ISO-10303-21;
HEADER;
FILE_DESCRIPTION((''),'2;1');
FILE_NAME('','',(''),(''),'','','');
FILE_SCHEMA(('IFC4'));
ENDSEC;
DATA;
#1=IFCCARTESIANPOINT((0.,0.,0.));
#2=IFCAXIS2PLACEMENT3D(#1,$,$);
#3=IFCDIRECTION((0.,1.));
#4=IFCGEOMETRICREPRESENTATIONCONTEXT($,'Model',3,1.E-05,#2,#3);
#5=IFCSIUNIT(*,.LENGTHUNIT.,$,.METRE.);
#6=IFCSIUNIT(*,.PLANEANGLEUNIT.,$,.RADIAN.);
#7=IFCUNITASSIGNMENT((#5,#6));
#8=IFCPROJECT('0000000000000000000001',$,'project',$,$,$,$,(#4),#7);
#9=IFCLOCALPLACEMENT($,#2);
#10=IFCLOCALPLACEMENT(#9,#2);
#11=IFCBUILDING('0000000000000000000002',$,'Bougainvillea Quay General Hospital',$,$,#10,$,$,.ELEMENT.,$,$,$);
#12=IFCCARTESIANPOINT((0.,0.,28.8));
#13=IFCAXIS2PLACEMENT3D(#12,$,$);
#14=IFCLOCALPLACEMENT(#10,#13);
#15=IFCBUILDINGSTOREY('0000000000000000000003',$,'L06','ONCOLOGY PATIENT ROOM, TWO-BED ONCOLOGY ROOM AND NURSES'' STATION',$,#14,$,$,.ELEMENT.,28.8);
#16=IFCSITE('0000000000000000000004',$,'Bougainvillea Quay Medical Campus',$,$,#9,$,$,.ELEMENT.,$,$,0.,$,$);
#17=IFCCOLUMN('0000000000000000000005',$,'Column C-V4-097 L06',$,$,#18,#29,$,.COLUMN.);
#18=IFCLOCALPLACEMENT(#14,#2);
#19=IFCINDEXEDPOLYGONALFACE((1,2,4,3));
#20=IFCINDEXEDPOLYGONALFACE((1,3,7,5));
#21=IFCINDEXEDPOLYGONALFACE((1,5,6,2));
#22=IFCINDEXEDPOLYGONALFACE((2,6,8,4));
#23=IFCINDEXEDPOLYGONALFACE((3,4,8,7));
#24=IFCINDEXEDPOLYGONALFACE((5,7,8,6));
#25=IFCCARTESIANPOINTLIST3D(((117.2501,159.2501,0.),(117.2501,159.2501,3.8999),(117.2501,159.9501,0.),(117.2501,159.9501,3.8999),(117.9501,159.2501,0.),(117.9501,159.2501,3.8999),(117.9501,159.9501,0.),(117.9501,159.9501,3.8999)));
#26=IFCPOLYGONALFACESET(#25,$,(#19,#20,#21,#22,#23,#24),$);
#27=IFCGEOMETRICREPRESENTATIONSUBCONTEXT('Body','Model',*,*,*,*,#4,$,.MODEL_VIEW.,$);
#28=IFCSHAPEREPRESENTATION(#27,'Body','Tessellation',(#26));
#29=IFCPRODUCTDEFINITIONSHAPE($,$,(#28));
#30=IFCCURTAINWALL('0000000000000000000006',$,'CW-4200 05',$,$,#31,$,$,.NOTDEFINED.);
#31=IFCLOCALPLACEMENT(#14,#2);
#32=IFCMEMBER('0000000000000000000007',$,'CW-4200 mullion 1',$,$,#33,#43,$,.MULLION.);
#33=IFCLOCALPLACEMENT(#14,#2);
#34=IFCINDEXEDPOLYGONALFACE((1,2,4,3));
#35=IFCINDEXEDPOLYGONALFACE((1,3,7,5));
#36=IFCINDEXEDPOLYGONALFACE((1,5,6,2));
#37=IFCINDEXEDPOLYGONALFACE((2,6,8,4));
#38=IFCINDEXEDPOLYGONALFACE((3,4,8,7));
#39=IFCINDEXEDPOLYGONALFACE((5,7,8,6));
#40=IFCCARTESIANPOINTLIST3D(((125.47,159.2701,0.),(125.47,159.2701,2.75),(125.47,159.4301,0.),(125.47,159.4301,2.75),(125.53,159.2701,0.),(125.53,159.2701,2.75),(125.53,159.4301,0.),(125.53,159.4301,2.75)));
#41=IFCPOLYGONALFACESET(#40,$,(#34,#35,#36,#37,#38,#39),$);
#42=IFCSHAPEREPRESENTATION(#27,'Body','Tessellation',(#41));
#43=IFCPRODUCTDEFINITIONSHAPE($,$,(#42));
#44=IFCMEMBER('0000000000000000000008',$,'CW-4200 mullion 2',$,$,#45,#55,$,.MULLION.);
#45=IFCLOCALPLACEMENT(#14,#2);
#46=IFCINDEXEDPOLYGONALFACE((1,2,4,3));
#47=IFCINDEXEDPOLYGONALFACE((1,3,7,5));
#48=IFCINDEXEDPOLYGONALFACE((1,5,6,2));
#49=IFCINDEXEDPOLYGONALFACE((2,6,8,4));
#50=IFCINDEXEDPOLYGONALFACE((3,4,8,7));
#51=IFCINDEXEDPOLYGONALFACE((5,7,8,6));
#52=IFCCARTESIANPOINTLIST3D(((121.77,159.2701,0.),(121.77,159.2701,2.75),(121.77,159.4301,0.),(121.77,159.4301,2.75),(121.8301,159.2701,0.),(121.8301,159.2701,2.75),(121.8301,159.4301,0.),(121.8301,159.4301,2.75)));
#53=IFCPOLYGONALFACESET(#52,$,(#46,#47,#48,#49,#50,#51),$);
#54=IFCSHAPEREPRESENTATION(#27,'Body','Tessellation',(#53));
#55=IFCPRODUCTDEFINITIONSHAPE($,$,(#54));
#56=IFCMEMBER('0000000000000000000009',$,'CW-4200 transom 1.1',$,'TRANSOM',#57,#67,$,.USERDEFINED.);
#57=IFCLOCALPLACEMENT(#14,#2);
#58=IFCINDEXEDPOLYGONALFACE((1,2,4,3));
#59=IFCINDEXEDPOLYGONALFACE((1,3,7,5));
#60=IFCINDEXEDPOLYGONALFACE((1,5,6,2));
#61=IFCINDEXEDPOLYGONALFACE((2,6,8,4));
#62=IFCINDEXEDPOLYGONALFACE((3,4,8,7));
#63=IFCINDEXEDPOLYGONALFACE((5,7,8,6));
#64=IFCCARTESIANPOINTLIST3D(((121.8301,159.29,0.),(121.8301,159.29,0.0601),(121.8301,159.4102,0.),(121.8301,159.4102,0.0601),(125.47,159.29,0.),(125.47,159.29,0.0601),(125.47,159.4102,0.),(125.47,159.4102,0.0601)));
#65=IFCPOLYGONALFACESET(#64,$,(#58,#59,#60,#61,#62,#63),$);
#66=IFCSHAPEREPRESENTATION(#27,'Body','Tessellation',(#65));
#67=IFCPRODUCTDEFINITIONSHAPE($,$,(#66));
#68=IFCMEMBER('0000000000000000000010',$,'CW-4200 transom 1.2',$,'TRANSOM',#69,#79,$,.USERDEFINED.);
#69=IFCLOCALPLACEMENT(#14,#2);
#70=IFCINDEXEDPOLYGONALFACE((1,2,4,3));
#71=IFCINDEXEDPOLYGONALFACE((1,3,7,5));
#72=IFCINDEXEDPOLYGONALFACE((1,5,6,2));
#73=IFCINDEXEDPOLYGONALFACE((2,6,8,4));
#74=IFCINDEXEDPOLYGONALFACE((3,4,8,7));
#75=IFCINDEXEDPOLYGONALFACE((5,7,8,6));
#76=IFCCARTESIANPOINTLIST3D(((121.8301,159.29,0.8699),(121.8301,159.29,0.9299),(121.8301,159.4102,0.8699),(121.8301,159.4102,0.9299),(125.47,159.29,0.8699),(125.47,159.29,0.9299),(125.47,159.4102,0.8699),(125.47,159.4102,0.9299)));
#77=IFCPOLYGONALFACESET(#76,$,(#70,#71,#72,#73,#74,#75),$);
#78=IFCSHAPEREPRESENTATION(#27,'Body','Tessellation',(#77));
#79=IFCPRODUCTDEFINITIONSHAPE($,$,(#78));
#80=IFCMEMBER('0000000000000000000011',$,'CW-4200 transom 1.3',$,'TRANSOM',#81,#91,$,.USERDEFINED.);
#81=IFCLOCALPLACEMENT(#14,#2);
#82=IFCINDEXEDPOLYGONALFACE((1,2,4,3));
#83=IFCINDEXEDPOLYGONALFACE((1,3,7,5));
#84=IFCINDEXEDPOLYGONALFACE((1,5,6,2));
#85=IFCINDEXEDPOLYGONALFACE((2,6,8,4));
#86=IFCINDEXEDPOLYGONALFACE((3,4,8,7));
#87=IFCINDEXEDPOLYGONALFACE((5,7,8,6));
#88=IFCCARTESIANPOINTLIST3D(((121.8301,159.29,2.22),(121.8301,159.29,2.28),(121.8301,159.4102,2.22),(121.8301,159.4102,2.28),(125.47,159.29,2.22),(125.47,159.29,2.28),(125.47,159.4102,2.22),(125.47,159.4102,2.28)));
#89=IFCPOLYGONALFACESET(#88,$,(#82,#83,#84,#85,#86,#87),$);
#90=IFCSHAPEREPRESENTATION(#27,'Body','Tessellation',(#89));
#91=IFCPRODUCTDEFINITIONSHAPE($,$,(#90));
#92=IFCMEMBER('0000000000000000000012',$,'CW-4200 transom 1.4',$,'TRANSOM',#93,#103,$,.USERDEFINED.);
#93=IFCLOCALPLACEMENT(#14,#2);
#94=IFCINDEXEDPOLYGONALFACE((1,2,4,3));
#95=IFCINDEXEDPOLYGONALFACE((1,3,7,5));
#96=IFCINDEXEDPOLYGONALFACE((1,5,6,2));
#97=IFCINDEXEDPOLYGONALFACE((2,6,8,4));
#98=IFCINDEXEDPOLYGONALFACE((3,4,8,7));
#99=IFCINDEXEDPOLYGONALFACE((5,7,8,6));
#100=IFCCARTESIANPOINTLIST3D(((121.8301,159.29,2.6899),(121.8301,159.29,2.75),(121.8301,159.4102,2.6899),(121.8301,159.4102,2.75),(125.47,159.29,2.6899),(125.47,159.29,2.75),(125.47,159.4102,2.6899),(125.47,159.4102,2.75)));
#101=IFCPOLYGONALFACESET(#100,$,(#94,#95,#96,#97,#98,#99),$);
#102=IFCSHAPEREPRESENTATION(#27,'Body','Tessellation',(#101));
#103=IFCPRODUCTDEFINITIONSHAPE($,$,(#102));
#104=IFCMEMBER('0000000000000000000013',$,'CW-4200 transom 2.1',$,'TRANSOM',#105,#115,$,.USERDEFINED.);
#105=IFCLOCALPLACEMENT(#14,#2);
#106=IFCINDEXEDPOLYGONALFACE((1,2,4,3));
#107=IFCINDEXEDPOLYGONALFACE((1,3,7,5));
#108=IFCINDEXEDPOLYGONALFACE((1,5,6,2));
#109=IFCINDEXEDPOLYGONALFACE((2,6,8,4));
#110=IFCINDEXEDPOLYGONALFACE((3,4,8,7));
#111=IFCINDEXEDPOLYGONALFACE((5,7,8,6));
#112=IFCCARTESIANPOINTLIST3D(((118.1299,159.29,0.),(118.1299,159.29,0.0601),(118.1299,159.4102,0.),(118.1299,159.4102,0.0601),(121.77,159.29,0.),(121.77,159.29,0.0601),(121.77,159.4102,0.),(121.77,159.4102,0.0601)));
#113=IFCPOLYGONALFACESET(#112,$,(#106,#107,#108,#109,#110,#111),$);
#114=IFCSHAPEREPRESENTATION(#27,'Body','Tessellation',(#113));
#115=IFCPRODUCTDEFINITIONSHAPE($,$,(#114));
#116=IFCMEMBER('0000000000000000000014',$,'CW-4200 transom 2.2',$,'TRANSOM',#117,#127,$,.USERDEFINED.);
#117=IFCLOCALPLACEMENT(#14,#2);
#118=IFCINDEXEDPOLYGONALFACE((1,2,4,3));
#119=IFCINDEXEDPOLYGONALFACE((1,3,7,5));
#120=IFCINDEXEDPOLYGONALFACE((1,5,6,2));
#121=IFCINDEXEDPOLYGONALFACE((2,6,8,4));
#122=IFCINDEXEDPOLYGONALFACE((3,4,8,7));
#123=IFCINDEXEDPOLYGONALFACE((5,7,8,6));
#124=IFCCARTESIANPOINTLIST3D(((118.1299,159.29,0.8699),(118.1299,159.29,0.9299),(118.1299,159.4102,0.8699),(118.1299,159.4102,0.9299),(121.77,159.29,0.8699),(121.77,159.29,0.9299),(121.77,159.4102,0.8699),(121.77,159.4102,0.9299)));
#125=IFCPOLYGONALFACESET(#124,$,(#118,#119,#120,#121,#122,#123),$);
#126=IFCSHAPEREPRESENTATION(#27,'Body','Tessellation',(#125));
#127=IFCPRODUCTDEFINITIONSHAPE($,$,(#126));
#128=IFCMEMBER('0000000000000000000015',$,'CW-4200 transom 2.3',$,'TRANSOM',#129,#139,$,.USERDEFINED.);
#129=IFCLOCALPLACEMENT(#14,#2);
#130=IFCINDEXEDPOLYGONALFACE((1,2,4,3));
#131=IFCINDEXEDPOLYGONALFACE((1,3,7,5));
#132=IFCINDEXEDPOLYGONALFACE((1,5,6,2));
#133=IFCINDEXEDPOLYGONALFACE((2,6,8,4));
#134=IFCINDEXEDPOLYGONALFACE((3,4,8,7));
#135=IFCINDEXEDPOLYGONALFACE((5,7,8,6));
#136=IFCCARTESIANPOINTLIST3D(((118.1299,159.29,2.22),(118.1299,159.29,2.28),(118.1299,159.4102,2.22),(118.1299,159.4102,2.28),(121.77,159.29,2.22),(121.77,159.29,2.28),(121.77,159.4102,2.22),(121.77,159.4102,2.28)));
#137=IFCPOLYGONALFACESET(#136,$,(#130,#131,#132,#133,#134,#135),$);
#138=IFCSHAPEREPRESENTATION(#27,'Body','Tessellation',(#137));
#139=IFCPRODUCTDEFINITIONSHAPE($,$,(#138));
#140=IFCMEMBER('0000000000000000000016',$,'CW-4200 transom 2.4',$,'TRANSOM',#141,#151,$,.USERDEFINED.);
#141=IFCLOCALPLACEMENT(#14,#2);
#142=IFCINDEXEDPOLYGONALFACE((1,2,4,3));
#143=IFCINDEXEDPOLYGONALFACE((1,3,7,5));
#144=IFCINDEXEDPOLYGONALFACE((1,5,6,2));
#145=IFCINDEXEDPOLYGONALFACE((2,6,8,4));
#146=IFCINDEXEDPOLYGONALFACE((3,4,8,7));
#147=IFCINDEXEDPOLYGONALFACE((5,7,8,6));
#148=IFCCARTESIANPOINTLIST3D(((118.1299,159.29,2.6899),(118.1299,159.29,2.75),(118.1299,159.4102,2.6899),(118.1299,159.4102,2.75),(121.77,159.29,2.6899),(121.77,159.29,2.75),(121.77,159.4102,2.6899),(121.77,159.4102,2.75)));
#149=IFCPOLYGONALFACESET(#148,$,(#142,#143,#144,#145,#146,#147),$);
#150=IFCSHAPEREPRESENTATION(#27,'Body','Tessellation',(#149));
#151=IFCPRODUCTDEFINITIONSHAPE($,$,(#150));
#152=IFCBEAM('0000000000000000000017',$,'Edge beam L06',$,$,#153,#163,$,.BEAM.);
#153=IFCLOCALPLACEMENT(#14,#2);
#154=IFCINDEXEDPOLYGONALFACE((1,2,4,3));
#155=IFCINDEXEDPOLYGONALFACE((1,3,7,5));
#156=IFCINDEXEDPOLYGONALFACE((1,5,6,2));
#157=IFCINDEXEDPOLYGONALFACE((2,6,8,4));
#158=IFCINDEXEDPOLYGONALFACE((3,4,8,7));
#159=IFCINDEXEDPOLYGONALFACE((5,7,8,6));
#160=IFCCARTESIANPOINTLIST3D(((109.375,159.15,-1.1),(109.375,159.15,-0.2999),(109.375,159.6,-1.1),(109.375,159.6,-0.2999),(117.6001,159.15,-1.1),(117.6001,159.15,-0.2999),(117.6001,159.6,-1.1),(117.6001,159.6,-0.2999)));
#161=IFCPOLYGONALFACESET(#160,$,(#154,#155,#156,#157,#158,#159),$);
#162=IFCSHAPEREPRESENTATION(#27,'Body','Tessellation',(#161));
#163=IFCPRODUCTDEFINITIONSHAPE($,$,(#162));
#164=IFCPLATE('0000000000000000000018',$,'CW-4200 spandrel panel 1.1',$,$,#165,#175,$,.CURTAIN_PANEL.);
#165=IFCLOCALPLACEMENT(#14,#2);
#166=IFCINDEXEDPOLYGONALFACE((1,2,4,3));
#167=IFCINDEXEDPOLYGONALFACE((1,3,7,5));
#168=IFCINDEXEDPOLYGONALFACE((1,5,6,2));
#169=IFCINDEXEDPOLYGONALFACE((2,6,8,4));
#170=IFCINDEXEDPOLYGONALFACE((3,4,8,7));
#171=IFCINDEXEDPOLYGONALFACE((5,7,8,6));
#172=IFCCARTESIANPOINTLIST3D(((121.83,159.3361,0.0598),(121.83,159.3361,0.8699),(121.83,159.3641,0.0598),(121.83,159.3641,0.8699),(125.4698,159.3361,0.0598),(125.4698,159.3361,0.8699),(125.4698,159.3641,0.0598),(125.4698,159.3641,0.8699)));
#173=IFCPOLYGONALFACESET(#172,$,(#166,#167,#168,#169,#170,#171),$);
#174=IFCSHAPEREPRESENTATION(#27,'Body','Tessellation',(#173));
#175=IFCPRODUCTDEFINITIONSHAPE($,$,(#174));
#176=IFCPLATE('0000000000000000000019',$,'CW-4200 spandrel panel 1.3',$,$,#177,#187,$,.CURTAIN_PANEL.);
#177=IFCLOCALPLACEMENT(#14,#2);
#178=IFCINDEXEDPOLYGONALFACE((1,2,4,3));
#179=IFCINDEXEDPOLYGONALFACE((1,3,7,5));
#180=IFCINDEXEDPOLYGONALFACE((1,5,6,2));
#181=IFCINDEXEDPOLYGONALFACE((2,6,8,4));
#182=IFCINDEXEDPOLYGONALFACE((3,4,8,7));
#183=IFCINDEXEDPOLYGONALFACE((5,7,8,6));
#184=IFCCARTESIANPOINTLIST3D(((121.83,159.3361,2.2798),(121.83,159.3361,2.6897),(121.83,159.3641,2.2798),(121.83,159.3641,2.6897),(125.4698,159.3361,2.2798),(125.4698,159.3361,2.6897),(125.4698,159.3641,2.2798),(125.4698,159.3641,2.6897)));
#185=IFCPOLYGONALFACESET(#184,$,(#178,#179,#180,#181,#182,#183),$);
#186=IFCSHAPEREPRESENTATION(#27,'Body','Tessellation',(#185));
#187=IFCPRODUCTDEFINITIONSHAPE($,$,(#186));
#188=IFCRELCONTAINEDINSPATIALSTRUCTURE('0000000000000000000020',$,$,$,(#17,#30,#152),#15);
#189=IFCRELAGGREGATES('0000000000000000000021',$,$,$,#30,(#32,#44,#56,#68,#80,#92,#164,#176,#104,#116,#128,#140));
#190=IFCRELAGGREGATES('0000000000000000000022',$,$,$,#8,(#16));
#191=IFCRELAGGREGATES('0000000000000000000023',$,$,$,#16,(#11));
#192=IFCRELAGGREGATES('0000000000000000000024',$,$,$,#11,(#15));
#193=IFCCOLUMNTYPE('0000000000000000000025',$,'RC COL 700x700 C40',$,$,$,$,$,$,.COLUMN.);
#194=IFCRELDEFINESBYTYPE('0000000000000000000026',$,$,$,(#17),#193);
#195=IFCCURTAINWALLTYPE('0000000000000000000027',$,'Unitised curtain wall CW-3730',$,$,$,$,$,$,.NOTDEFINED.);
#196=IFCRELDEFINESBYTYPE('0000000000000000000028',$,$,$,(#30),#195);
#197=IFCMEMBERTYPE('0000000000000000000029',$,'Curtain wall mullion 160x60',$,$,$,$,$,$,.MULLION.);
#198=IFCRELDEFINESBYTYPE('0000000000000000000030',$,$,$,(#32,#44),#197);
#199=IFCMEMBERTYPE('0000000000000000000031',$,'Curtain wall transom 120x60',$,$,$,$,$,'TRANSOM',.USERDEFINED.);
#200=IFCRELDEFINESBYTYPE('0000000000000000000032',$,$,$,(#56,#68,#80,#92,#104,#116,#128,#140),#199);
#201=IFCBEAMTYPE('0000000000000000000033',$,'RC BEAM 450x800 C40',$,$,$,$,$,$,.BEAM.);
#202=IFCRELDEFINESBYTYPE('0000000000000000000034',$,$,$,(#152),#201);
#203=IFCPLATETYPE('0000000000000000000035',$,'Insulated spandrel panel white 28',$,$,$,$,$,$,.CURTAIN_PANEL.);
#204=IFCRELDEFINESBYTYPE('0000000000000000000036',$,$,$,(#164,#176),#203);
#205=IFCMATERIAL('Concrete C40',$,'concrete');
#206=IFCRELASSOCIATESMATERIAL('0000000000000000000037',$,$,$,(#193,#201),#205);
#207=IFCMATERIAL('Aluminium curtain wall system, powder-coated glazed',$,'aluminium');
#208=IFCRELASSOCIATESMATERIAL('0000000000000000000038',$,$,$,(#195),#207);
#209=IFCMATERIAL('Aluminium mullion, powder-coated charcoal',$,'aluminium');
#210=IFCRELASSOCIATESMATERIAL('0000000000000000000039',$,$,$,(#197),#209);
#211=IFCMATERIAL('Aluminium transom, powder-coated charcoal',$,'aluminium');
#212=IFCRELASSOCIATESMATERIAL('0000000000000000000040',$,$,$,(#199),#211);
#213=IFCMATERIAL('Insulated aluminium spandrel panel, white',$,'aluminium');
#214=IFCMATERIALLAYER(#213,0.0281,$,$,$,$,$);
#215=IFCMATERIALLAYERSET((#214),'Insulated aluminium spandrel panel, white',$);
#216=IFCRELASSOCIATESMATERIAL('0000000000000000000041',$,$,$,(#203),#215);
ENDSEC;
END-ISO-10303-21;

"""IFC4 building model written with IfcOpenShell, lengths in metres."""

from ifc_helpers import new_model, si_unit, direction, frame, origin, origin_2d, place, context, subcontext, project, spatial, rectangle, extrude, material, layer, layer_set, material_profile, profile_set, type_object, element, aggregate, save


model = new_model("IFC4")

# Units and contexts
model_context = context("Model", 3, precision=1e-05, world=origin(), true_north=direction((0.0, 1.0)))
body_context = subcontext(model_context, "Body", "Model", "MODEL_VIEW")
ifc_project = project(units=[si_unit("LENGTHUNIT", "METRE"), si_unit("PLANEANGLEUNIT", "RADIAN")], contexts=[model_context])

# Site, building, storey
site_placement = place(None, origin())
site = spatial("IfcSite", under=ifc_project, at=site_placement, Name="Bougainvillea Quay Medical Campus", CompositionType="ELEMENT", RefElevation=0.0)
building_placement = place(site_placement, origin())
building = spatial("IfcBuilding", under=site, at=building_placement, Name="Bougainvillea Quay General Hospital", CompositionType="ELEMENT")
storey_placement = place(building_placement, frame((0.0, 0.0, 28.8)))
storey = spatial("IfcBuildingStorey", under=building, at=storey_placement, Name="L06", Description="ONCOLOGY PATIENT ROOM, TWO-BED ONCOLOGY ROOM AND NURSES' STATION", CompositionType="ELEMENT", Elevation=28.8)

# Column
ifc_material_1 = material(Name="Concrete C40", Category="concrete")
ifc_material_profile_1 = material_profile(ifc_material_1, rectangle(XDim=0.7, YDim=0.7, at=origin_2d()))
ifc_profile_set_1 = profile_set([ifc_material_profile_1], Name="Concrete C40")
column_type = type_object("IfcColumnType", Name="RC COL 700x700 C40", PredefinedType="COLUMN", material=ifc_profile_set_1)
column_placement = place(storey_placement, frame((117.6001, 159.6001, 0.0), z_axis=(0.0, 0.0, 1.0), x_axis=(1.0, 0.0, 0.0)))
element("IfcColumn", 1, at=column_placement, inside=storey, type_object=column_type, Name="Column C-V4-097 L06", PredefinedType="COLUMN", context=body_context, shape_type="SweptSolid", body=[
    extrude(rectangle(XDim=0.7, YDim=0.7, at=origin_2d()), origin(), (0.0, 0.0, 1.0), 3.8999),
])

# Curtain wall, members
ifc_material_2 = material(Name="Aluminium curtain wall system, powder-coated glazed", Category="aluminium")
curtain_wall_type = type_object("IfcCurtainWallType", Name="Unitised curtain wall CW-3730", PredefinedType="NOTDEFINED", material=ifc_material_2)
curtain_wall_placement = place(storey_placement, origin())
curtain_wall = element("IfcCurtainWall", 2, at=curtain_wall_placement, inside=storey, type_object=curtain_wall_type, Name="CW-4200 05", PredefinedType="NOTDEFINED")
ifc_material_3 = material(Name="Aluminium mullion, powder-coated charcoal", Category="aluminium")
ifc_material_profile_2 = material_profile(ifc_material_3, rectangle(XDim=0.1599, YDim=0.0601, at=origin_2d()))
ifc_profile_set_2 = profile_set([ifc_material_profile_2], Name="Aluminium mullion, powder-coated charcoal")
member_type_1 = type_object("IfcMemberType", Name="Curtain wall mullion 160x60", PredefinedType="MULLION", material=ifc_profile_set_2)
member_1_placement = place(storey_placement, frame((125.5, 159.3501, 0.0), z_axis=(0.0, 0.0, 1.0), x_axis=(0.0, -1.0, 0.0)))
member_1 = element("IfcMember", 3, at=member_1_placement, type_object=member_type_1, Name="CW-4200 mullion 1", PredefinedType="MULLION", context=body_context, shape_type="SweptSolid", body=[
    extrude(rectangle(XDim=0.1599, YDim=0.0601, at=origin_2d()), origin(), (0.0, 0.0, 1.0), 2.75),
])
member_2_placement = place(storey_placement, frame((121.8, 159.3501, 0.0), z_axis=(0.0, 0.0, 1.0), x_axis=(0.0, -1.0, 0.0)))
member_2 = element("IfcMember", 4, at=member_2_placement, type_object=member_type_1, Name="CW-4200 mullion 2", PredefinedType="MULLION", context=body_context, shape_type="SweptSolid", body=[
    extrude(rectangle(XDim=0.1599, YDim=0.0601, at=origin_2d()), origin(), (0.0, 0.0, 1.0), 2.75),
])
ifc_material_4 = material(Name="Aluminium transom, powder-coated charcoal", Category="aluminium")
ifc_material_profile_3 = material_profile(ifc_material_4, rectangle(XDim=0.1201, YDim=0.0601, at=origin_2d()))
ifc_profile_set_3 = profile_set([ifc_material_profile_3], Name="Aluminium transom, powder-coated charcoal")
member_type_2 = type_object("IfcMemberType", Name="Curtain wall transom 120x60", ElementType="TRANSOM", PredefinedType="USERDEFINED", material=ifc_profile_set_3)
member_3_placement = place(storey_placement, frame((125.47, 159.3501, 0.03), z_axis=(-1.0, 0.0, 0.0), x_axis=(0.0, -1.0, 0.0)))
member_3 = element("IfcMember", 5, at=member_3_placement, type_object=member_type_2, Name="CW-4200 transom 1.1", ObjectType="TRANSOM", PredefinedType="USERDEFINED", context=body_context, shape_type="SweptSolid", body=[
    extrude(rectangle(XDim=0.1201, YDim=0.0601, at=origin_2d()), origin(), (0.0, 0.0, 1.0), 3.6399),
])
member_4_placement = place(storey_placement, frame((125.47, 159.3501, 0.8999), z_axis=(-1.0, 0.0, 0.0), x_axis=(0.0, -1.0, 0.0)))
member_4 = element("IfcMember", 6, at=member_4_placement, type_object=member_type_2, Name="CW-4200 transom 1.2", ObjectType="TRANSOM", PredefinedType="USERDEFINED", context=body_context, shape_type="SweptSolid", body=[
    extrude(rectangle(XDim=0.1201, YDim=0.0601, at=origin_2d()), origin(), (0.0, 0.0, 1.0), 3.6399),
])
member_5_placement = place(storey_placement, frame((125.47, 159.3501, 2.25), z_axis=(-1.0, 0.0, 0.0), x_axis=(0.0, -1.0, 0.0)))
member_5 = element("IfcMember", 7, at=member_5_placement, type_object=member_type_2, Name="CW-4200 transom 1.3", ObjectType="TRANSOM", PredefinedType="USERDEFINED", context=body_context, shape_type="SweptSolid", body=[
    extrude(rectangle(XDim=0.1201, YDim=0.0601, at=origin_2d()), origin(), (0.0, 0.0, 1.0), 3.6399),
])
member_6_placement = place(storey_placement, frame((125.47, 159.3501, 2.72), z_axis=(-1.0, 0.0, 0.0), x_axis=(0.0, -1.0, 0.0)))
member_6 = element("IfcMember", 8, at=member_6_placement, type_object=member_type_2, Name="CW-4200 transom 1.4", ObjectType="TRANSOM", PredefinedType="USERDEFINED", context=body_context, shape_type="SweptSolid", body=[
    extrude(rectangle(XDim=0.1201, YDim=0.0601, at=origin_2d()), origin(), (0.0, 0.0, 1.0), 3.6399),
])
member_7_placement = place(storey_placement, frame((121.77, 159.3501, 0.03), z_axis=(-1.0, 0.0, 0.0), x_axis=(0.0, -1.0, 0.0)))
member_7 = element("IfcMember", 9, at=member_7_placement, type_object=member_type_2, Name="CW-4200 transom 2.1", ObjectType="TRANSOM", PredefinedType="USERDEFINED", context=body_context, shape_type="SweptSolid", body=[
    extrude(rectangle(XDim=0.1201, YDim=0.0601, at=origin_2d()), origin(), (0.0, 0.0, 1.0), 3.6401),
])
member_8_placement = place(storey_placement, frame((121.77, 159.3501, 0.8999), z_axis=(-1.0, 0.0, 0.0), x_axis=(0.0, -1.0, 0.0)))
member_8 = element("IfcMember", 10, at=member_8_placement, type_object=member_type_2, Name="CW-4200 transom 2.2", ObjectType="TRANSOM", PredefinedType="USERDEFINED", context=body_context, shape_type="SweptSolid", body=[
    extrude(rectangle(XDim=0.1201, YDim=0.0601, at=origin_2d()), origin(), (0.0, 0.0, 1.0), 3.6401),
])
member_9_placement = place(storey_placement, frame((121.77, 159.3501, 2.25), z_axis=(-1.0, 0.0, 0.0), x_axis=(0.0, -1.0, 0.0)))
member_9 = element("IfcMember", 11, at=member_9_placement, type_object=member_type_2, Name="CW-4200 transom 2.3", ObjectType="TRANSOM", PredefinedType="USERDEFINED", context=body_context, shape_type="SweptSolid", body=[
    extrude(rectangle(XDim=0.1201, YDim=0.0601, at=origin_2d()), origin(), (0.0, 0.0, 1.0), 3.6401),
])
member_10_placement = place(storey_placement, frame((121.77, 159.3501, 2.72), z_axis=(-1.0, 0.0, 0.0), x_axis=(0.0, -1.0, 0.0)))
member_10 = element("IfcMember", 12, at=member_10_placement, type_object=member_type_2, Name="CW-4200 transom 2.4", ObjectType="TRANSOM", PredefinedType="USERDEFINED", context=body_context, shape_type="SweptSolid", body=[
    extrude(rectangle(XDim=0.1201, YDim=0.0601, at=origin_2d()), origin(), (0.0, 0.0, 1.0), 3.6401),
])

# Beam
ifc_material_profile_4 = material_profile(ifc_material_1, rectangle(XDim=0.45, YDim=0.8, at=origin_2d()))
ifc_profile_set_4 = profile_set([ifc_material_profile_4], Name="Concrete C40")
beam_type = type_object("IfcBeamType", Name="RC BEAM 450x800 C40", PredefinedType="BEAM", material=ifc_profile_set_4)
beam_placement = place(storey_placement, frame((117.6001, 159.375, -0.7), z_axis=(-1.0, 0.0, 0.0), x_axis=(0.0, -1.0, 0.0)))
element("IfcBeam", 13, at=beam_placement, inside=storey, type_object=beam_type, Name="Edge beam L06", PredefinedType="BEAM", context=body_context, shape_type="SweptSolid", body=[
    extrude(rectangle(XDim=0.45, YDim=0.8, at=origin_2d()), origin(), (0.0, 0.0, 1.0), 8.2251),
])

# Plates
ifc_material_5 = material(Name="Insulated aluminium spandrel panel, white", Category="aluminium")
ifc_layer_1 = layer(ifc_material_5, 0.0281)
ifc_layer_set_1 = layer_set([ifc_layer_1], Name="Insulated aluminium spandrel panel, white")
plate_type_1 = type_object("IfcPlateType", Name="Insulated spandrel panel white 28", PredefinedType="CURTAIN_PANEL", material=ifc_layer_set_1)
plate_1_placement = place(storey_placement, frame((123.6499, 159.3501, 0.0598), z_axis=(0.0, 0.0, 1.0), x_axis=(-1.0, 0.0, 0.0)))
plate_1 = element("IfcPlate", 14, at=plate_1_placement, type_object=plate_type_1, Name="CW-4200 spandrel panel 1.1", PredefinedType="CURTAIN_PANEL", context=body_context, shape_type="SweptSolid", body=[
    extrude(rectangle(XDim=3.6399, YDim=0.0281, at=origin_2d()), origin(), (0.0, 0.0, 1.0), 0.8101),
])
plate_2_placement = place(storey_placement, frame((123.6499, 159.3501, 2.2798), z_axis=(0.0, 0.0, 1.0), x_axis=(-1.0, 0.0, 0.0)))
plate_2 = element("IfcPlate", 15, at=plate_2_placement, type_object=plate_type_1, Name="CW-4200 spandrel panel 1.3", PredefinedType="CURTAIN_PANEL", context=body_context, shape_type="SweptSolid", body=[
    extrude(rectangle(XDim=3.6399, YDim=0.0281, at=origin_2d()), origin(), (0.0, 0.0, 1.0), 0.4099),
])
aggregate(curtain_wall, [member_1, member_2, member_3, member_4, member_5, member_6, plate_1, plate_2, member_7, member_8, member_9, member_10])

save(model, "model.ifc")
